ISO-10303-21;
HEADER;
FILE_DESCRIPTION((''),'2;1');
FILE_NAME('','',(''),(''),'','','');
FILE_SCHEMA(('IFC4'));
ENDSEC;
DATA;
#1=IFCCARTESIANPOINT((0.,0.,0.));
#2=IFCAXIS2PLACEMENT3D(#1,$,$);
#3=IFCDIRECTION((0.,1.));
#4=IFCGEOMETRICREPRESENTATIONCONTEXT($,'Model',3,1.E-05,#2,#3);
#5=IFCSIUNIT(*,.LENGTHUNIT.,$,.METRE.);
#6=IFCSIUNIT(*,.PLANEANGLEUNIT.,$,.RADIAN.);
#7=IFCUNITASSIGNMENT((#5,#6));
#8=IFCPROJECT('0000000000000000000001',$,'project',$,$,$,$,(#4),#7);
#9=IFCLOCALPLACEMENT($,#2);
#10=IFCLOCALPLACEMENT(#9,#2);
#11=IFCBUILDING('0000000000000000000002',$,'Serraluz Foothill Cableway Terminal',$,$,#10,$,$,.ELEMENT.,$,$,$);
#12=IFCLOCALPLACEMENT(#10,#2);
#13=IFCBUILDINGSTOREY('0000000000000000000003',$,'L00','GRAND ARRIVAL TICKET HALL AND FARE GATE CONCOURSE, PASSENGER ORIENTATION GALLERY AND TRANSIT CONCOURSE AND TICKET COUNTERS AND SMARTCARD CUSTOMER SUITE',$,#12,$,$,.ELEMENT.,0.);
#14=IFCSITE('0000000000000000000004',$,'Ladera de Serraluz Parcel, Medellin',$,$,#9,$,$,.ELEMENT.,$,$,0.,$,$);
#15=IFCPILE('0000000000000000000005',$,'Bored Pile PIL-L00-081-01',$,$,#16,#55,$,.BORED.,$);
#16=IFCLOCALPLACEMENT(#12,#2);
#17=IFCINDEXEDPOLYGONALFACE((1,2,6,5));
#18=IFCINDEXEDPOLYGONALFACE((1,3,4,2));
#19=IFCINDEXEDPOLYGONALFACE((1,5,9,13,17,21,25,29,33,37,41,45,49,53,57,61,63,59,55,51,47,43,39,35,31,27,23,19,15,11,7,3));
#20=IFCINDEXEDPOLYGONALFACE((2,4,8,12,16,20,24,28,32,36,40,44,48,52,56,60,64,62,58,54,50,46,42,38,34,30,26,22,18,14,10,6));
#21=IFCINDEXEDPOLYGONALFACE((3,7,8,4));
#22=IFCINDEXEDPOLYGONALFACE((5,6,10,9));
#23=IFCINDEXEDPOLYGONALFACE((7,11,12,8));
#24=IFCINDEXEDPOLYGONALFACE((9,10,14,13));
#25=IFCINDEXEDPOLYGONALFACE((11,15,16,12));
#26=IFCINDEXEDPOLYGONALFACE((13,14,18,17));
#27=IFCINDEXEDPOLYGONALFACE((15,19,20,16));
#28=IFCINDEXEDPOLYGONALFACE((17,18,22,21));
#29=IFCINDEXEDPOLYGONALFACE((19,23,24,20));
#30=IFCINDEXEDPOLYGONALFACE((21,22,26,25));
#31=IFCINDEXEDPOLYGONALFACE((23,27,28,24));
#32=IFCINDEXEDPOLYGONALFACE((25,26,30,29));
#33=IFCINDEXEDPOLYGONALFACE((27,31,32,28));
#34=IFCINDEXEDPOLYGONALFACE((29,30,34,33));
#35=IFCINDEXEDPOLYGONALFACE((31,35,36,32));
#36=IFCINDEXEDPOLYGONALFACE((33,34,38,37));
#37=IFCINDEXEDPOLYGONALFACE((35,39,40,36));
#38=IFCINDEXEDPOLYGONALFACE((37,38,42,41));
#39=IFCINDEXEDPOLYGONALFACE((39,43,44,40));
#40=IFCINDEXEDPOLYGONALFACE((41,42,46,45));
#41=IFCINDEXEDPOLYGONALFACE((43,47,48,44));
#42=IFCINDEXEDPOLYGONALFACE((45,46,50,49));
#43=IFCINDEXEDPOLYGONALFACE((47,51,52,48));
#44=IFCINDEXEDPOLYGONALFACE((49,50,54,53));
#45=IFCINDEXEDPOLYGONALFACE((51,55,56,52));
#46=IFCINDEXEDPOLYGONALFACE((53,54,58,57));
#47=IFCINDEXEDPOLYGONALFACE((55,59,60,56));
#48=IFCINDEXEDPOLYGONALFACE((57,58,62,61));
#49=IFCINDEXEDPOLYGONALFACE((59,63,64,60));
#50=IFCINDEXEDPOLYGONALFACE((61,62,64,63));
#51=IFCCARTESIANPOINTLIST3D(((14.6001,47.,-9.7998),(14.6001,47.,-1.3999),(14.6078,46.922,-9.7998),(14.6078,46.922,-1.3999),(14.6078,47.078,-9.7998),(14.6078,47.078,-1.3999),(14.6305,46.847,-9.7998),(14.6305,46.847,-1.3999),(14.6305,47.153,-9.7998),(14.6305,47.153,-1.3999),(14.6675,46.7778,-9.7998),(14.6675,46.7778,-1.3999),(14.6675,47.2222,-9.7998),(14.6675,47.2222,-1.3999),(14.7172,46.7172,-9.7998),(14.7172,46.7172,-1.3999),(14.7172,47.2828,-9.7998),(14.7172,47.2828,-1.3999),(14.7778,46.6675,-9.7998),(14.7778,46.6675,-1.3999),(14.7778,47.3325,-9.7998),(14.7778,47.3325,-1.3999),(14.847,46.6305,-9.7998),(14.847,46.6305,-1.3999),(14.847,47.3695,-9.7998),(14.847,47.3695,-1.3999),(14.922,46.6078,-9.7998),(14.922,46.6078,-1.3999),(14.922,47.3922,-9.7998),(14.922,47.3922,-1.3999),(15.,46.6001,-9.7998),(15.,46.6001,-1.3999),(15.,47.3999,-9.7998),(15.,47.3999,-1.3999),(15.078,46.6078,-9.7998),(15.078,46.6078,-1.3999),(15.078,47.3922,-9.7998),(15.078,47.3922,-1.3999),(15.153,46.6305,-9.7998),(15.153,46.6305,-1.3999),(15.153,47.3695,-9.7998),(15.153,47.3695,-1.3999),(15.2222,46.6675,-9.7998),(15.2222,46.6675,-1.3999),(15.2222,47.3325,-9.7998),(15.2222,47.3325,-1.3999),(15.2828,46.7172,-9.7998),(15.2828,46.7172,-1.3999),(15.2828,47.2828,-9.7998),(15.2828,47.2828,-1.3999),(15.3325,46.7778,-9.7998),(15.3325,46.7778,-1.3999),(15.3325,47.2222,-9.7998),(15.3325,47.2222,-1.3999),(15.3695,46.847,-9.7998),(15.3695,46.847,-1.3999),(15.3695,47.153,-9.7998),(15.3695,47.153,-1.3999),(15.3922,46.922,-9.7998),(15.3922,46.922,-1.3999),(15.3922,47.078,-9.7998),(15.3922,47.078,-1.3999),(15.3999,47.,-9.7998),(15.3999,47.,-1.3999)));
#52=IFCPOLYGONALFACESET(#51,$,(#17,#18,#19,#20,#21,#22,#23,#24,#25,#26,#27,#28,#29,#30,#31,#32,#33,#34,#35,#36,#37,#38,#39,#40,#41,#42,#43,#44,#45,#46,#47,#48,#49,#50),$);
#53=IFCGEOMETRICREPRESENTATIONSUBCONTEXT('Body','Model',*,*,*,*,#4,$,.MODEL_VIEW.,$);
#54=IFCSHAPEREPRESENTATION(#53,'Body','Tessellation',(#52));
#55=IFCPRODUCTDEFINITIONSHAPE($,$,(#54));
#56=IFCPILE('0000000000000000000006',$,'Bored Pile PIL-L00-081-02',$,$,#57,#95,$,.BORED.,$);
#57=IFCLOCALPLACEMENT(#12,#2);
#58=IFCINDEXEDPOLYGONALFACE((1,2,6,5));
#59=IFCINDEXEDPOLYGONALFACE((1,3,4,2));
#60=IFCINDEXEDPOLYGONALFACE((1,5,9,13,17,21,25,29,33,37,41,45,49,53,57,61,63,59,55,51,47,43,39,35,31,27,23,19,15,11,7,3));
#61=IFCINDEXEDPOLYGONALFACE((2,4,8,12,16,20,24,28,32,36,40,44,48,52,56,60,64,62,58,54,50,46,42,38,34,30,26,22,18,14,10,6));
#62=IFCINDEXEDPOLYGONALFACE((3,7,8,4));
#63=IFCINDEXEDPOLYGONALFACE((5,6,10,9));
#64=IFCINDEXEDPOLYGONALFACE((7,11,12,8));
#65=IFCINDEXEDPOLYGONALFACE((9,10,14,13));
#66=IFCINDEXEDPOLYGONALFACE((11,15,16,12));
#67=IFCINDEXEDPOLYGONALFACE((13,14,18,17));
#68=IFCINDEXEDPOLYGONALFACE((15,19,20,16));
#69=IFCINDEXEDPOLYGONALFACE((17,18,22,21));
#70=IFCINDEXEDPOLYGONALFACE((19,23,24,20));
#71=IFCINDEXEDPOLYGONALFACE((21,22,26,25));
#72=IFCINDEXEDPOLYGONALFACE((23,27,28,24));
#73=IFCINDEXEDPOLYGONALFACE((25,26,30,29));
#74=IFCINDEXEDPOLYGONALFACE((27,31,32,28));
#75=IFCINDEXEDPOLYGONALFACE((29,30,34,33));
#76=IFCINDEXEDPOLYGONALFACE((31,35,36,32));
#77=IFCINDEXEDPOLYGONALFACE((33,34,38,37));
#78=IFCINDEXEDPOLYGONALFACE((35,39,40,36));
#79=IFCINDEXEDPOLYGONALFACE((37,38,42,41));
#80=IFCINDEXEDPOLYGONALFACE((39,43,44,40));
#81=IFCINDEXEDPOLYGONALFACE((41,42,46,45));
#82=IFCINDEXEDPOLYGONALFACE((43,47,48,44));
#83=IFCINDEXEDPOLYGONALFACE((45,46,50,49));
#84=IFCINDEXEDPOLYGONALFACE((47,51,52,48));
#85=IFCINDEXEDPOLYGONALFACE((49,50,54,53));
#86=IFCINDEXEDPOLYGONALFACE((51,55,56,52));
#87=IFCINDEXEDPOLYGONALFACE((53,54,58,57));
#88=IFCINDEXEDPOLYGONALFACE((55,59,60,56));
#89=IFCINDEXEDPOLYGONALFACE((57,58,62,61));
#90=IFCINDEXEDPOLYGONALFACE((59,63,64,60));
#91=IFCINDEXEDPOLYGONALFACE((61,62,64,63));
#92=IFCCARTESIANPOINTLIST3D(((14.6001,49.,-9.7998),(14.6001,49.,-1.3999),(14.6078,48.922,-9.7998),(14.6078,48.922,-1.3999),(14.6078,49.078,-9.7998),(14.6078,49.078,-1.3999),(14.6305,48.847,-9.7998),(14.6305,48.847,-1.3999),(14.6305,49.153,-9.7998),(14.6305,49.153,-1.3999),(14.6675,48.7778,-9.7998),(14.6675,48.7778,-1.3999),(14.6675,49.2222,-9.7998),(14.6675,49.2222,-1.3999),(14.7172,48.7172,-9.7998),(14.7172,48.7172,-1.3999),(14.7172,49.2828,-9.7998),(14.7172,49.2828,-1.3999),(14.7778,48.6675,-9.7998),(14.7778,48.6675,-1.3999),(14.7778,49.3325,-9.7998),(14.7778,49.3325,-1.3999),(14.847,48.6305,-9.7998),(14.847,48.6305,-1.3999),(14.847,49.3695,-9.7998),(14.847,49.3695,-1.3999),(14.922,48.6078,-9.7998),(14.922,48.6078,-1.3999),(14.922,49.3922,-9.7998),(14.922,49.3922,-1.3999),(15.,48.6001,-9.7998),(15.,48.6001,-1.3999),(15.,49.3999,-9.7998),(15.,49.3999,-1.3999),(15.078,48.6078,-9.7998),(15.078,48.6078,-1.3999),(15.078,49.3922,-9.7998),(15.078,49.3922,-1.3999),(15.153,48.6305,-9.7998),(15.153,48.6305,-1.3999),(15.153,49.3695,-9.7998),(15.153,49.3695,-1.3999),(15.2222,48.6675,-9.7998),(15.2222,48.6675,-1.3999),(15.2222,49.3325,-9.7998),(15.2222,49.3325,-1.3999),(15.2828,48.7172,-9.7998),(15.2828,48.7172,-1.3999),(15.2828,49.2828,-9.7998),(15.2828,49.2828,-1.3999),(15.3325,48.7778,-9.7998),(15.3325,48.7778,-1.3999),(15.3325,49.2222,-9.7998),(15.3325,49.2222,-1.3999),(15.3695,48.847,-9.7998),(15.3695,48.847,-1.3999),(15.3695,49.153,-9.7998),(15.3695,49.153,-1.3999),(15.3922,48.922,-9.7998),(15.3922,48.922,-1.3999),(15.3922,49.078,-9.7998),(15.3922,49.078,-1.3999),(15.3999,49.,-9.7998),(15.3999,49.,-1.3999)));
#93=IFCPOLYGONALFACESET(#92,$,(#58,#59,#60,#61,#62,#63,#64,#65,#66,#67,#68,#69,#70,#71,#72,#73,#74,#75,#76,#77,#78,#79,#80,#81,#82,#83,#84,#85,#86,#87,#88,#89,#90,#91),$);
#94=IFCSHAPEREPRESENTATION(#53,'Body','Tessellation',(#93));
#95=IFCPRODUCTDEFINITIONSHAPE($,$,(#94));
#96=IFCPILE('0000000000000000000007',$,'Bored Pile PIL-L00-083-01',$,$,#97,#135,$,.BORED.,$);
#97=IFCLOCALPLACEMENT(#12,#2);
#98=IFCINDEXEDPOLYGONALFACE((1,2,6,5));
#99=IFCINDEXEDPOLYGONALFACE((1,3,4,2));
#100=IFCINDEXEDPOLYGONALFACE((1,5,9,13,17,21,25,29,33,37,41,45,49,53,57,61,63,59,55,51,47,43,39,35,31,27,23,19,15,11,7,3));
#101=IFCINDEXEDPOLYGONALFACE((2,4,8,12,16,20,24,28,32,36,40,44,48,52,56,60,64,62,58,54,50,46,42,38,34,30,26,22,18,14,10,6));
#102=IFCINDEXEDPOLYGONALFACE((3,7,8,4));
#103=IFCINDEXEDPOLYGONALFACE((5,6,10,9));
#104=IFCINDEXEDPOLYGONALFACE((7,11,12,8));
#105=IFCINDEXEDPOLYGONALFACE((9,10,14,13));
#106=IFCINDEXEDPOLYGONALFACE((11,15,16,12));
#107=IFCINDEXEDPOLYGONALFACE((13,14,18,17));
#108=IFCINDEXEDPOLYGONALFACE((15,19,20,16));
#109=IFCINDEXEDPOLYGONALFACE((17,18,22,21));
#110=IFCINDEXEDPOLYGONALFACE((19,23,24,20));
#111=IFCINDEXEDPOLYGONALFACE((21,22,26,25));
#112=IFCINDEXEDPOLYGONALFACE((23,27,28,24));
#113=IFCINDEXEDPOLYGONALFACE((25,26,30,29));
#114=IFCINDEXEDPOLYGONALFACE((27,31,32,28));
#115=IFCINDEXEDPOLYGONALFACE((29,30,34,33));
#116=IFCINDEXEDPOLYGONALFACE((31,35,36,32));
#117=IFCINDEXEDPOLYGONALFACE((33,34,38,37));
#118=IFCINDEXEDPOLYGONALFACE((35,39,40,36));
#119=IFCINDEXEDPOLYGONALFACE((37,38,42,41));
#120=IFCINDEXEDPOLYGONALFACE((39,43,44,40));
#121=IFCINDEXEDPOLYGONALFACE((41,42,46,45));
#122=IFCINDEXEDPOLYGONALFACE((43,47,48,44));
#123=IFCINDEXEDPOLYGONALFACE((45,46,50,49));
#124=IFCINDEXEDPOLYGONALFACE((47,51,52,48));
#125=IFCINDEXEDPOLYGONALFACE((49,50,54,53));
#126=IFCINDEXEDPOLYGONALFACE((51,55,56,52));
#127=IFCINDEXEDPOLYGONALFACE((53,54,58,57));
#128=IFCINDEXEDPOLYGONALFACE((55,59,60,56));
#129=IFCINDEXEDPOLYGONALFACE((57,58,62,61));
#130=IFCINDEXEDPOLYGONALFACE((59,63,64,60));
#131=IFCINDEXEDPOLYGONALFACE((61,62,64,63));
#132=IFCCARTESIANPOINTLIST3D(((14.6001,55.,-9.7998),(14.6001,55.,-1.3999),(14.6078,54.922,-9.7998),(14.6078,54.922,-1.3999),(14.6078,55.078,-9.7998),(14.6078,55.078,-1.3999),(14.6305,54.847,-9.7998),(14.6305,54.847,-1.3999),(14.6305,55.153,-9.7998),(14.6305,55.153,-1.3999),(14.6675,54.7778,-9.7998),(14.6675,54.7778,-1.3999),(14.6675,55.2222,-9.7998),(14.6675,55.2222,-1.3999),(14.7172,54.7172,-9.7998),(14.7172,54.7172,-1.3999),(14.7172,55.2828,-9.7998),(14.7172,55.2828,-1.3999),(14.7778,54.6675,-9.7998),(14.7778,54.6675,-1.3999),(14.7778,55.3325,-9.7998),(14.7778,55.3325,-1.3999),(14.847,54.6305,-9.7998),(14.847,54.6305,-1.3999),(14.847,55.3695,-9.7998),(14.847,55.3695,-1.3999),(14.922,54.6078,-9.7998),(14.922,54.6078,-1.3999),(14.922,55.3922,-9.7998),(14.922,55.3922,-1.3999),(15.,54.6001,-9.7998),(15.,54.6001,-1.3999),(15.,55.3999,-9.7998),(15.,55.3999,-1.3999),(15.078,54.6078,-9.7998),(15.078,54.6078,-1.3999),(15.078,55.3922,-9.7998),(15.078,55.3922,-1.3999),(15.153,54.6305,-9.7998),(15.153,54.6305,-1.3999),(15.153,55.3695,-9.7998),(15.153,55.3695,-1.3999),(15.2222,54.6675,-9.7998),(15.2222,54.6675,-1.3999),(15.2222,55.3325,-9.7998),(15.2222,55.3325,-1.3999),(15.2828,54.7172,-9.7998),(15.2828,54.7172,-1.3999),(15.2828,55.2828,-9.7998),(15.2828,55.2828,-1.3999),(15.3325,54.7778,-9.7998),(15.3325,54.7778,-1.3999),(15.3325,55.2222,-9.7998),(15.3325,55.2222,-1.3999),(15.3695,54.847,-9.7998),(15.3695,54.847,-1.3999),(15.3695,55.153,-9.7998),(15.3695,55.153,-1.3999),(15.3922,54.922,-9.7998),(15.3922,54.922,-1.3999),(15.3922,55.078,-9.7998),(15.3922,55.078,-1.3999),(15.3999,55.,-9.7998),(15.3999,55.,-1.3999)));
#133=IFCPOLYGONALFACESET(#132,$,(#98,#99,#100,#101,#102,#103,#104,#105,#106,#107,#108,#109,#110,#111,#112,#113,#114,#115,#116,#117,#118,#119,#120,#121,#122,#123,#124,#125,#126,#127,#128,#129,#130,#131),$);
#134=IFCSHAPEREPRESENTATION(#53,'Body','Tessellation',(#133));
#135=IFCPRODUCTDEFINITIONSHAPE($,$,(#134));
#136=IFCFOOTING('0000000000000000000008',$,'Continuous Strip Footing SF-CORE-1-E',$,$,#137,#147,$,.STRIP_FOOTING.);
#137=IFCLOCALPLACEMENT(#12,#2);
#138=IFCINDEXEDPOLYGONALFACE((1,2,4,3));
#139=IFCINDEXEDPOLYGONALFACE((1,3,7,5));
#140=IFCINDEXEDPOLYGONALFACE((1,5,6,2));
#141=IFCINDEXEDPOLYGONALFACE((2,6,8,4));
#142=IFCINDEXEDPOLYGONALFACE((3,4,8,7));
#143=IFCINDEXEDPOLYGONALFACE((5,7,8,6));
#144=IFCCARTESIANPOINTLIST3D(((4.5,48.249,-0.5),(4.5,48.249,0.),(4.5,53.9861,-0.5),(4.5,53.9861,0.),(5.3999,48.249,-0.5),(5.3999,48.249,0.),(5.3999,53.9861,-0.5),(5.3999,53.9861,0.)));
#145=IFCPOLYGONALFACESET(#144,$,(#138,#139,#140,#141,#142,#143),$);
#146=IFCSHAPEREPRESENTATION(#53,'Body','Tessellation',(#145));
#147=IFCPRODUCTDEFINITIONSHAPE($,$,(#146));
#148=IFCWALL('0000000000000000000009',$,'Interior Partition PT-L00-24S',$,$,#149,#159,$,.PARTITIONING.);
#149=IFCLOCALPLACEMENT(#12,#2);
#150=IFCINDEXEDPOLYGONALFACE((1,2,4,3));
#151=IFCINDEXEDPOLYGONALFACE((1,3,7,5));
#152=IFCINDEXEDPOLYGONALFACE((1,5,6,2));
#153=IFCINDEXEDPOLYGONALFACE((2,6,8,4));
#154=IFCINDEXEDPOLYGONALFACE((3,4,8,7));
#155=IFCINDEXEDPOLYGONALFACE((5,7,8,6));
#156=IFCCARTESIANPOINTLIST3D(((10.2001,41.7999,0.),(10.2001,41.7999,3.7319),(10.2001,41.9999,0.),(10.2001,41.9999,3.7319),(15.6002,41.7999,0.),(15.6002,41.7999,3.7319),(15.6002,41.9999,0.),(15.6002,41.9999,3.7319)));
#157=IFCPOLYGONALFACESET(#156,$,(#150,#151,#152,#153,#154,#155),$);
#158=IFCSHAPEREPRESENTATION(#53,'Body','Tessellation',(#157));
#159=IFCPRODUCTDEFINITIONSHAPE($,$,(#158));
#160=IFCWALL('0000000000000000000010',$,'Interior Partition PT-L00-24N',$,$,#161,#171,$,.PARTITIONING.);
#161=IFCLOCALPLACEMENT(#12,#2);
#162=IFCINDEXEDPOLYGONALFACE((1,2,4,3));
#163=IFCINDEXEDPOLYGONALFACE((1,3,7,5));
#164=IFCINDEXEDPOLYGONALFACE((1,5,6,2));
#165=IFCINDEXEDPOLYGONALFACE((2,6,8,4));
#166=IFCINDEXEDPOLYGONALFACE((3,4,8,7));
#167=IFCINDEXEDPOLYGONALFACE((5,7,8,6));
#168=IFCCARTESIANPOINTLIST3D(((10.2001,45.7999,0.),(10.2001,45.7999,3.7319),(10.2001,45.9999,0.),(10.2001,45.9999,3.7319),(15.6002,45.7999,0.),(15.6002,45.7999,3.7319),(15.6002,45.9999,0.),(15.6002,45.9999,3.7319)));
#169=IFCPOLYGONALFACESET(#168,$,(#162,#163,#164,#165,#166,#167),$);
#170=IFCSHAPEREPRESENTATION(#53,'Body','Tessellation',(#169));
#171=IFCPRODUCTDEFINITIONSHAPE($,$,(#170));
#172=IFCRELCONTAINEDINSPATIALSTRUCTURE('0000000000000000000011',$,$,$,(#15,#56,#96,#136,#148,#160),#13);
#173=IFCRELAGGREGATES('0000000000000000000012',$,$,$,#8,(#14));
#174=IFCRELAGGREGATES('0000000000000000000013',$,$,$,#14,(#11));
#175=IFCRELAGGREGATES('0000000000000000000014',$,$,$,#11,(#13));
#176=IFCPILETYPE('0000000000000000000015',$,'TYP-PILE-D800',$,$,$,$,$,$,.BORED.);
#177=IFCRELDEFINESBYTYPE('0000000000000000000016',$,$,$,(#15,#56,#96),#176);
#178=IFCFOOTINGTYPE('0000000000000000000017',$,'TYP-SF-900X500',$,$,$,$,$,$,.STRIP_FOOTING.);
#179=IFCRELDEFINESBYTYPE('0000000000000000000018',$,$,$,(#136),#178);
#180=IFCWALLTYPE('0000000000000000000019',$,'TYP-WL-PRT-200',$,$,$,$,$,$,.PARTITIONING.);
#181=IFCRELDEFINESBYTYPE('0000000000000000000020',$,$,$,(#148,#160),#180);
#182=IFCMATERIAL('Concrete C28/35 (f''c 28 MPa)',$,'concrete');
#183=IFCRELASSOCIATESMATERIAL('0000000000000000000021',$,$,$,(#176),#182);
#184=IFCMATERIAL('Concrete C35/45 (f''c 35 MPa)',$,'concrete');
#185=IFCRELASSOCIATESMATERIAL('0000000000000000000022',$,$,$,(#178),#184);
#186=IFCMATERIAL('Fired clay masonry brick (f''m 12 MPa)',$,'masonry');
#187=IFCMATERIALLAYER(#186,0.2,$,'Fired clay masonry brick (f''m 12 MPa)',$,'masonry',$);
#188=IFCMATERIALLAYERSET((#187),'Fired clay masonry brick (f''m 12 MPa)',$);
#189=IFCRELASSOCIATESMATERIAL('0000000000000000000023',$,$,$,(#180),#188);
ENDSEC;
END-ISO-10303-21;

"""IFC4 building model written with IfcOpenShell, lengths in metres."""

from ifc_helpers import new_model, si_unit, direction, frame, frame_2d, origin, origin_2d, place, context, subcontext, project, spatial, rectangle, circle, extrude, material, layer, layer_set, material_profile, profile_set, type_object, element, save


model = new_model("IFC4")

# Units and contexts
model_context = context("Model", 3, precision=1e-05, world=origin(), true_north=direction((0.0, 1.0)))
body_context = subcontext(model_context, "Body", "Model", "MODEL_VIEW")
ifc_project = project(units=[si_unit("LENGTHUNIT", "METRE"), si_unit("PLANEANGLEUNIT", "RADIAN")], contexts=[model_context])

# Site, building, storey
site_placement = place(None, origin())
site = spatial("IfcSite", under=ifc_project, at=site_placement, Name="Ladera de Serraluz Parcel, Medellin", CompositionType="ELEMENT", RefElevation=0.0)
building_placement = place(site_placement, origin())
building = spatial("IfcBuilding", under=site, at=building_placement, Name="Serraluz Foothill Cableway Terminal", CompositionType="ELEMENT")
storey_placement = place(building_placement, origin())
storey = spatial("IfcBuildingStorey", under=building, at=storey_placement, Name="L00", Description="GRAND ARRIVAL TICKET HALL AND FARE GATE CONCOURSE, PASSENGER ORIENTATION GALLERY AND TRANSIT CONCOURSE AND TICKET COUNTERS AND SMARTCARD CUSTOMER SUITE", CompositionType="ELEMENT", Elevation=0.0)

# Piles
ifc_material_1 = material(Name="Concrete C28/35 (f'c 28 MPa)", Category="concrete")
ifc_material_profile_1 = material_profile(ifc_material_1, circle(Radius=0.3999, at=origin_2d()), Name="BORED PILE D800")
ifc_profile_set_1 = profile_set([ifc_material_profile_1], Name="Concrete C28/35 (f'c 28 MPa)")
pile_type = type_object("IfcPileType", Name="TYP-PILE-D800", PredefinedType="BORED", material=ifc_profile_set_1)
for number, where, z_axis, x_axis, name in (
    (1, (15.0, 47.0, -1.3999), (0.0, 0.0, -1.0), (1.0, 0.0, 0.0), "Bored Pile PIL-L00-081-01"),
    (2, (15.0, 49.0, -1.3999), (0.0, 0.0, -1.0), (1.0, 0.0, 0.0), "Bored Pile PIL-L00-081-02"),
    (3, (15.0, 55.0, -1.3999), (0.0, 0.0, -1.0), (1.0, 0.0, 0.0), "Bored Pile PIL-L00-083-01"),
):
    element("IfcPile", number, at=place(storey_placement, frame(where, z_axis=z_axis, x_axis=x_axis)), inside=storey, type_object=pile_type, Name=name, PredefinedType="BORED", context=body_context, shape_type="SweptSolid", body=[
        extrude(circle(Radius=0.3999, at=origin_2d()), origin(), (0.0, 0.0, 1.0), 8.3999),
    ])

# Footing
ifc_material_2 = material(Name="Concrete C35/45 (f'c 35 MPa)", Category="concrete")
ifc_material_profile_2 = material_profile(ifc_material_2, rectangle(XDim=0.8999, YDim=0.5, at=origin_2d()), Name="SF 900x500")
ifc_profile_set_2 = profile_set([ifc_material_profile_2], Name="Concrete C35/45 (f'c 35 MPa)")
footing_type = type_object("IfcFootingType", Name="TYP-SF-900X500", PredefinedType="STRIP_FOOTING", material=ifc_profile_set_2)
footing_placement = place(storey_placement, frame((4.95, 48.249, -0.25), z_axis=(0.0, 1.0, 0.0), x_axis=(-1.0, 0.0, 0.0)))
element("IfcFooting", 4, at=footing_placement, inside=storey, type_object=footing_type, Name="Continuous Strip Footing SF-CORE-1-E", PredefinedType="STRIP_FOOTING", context=body_context, shape_type="SweptSolid", body=[
    extrude(rectangle(XDim=0.8999, YDim=0.5, at=origin_2d()), origin(), (0.0, 0.0, 1.0), 5.7371),
])

# Walls
ifc_material_3 = material(Name="Fired clay masonry brick (f'm 12 MPa)", Category="masonry")
ifc_layer_1 = layer(ifc_material_3, 0.2, Name="Fired clay masonry brick (f'm 12 MPa)", Category="masonry")
ifc_layer_set_1 = layer_set([ifc_layer_1], Name="Fired clay masonry brick (f'm 12 MPa)")
wall_type_1 = type_object("IfcWallType", Name="TYP-WL-PRT-200", PredefinedType="PARTITIONING", material=ifc_layer_set_1)
for number, where, z_axis, x_axis, name in (
    (5, (10.2, 41.8999, 0.0), (0.0, 0.0, 1.0), (1.0, 0.0, 0.0), "Interior Partition PT-L00-24S"),
    (6, (10.2, 45.8999, 0.0), (0.0, 0.0, 1.0), (1.0, 0.0, 0.0), "Interior Partition PT-L00-24N"),
):
    element("IfcWall", number, at=place(storey_placement, frame(where, z_axis=z_axis, x_axis=x_axis)), inside=storey, type_object=wall_type_1, Name=name, PredefinedType="PARTITIONING", context=body_context, shape_type="SweptSolid", body=[
        extrude(rectangle(XDim=5.4001, YDim=0.2, at=frame_2d((2.7002, 0.0))), origin(), (0.0, 0.0, 1.0), 3.7319),
    ])

save(model, "model.ifc")
